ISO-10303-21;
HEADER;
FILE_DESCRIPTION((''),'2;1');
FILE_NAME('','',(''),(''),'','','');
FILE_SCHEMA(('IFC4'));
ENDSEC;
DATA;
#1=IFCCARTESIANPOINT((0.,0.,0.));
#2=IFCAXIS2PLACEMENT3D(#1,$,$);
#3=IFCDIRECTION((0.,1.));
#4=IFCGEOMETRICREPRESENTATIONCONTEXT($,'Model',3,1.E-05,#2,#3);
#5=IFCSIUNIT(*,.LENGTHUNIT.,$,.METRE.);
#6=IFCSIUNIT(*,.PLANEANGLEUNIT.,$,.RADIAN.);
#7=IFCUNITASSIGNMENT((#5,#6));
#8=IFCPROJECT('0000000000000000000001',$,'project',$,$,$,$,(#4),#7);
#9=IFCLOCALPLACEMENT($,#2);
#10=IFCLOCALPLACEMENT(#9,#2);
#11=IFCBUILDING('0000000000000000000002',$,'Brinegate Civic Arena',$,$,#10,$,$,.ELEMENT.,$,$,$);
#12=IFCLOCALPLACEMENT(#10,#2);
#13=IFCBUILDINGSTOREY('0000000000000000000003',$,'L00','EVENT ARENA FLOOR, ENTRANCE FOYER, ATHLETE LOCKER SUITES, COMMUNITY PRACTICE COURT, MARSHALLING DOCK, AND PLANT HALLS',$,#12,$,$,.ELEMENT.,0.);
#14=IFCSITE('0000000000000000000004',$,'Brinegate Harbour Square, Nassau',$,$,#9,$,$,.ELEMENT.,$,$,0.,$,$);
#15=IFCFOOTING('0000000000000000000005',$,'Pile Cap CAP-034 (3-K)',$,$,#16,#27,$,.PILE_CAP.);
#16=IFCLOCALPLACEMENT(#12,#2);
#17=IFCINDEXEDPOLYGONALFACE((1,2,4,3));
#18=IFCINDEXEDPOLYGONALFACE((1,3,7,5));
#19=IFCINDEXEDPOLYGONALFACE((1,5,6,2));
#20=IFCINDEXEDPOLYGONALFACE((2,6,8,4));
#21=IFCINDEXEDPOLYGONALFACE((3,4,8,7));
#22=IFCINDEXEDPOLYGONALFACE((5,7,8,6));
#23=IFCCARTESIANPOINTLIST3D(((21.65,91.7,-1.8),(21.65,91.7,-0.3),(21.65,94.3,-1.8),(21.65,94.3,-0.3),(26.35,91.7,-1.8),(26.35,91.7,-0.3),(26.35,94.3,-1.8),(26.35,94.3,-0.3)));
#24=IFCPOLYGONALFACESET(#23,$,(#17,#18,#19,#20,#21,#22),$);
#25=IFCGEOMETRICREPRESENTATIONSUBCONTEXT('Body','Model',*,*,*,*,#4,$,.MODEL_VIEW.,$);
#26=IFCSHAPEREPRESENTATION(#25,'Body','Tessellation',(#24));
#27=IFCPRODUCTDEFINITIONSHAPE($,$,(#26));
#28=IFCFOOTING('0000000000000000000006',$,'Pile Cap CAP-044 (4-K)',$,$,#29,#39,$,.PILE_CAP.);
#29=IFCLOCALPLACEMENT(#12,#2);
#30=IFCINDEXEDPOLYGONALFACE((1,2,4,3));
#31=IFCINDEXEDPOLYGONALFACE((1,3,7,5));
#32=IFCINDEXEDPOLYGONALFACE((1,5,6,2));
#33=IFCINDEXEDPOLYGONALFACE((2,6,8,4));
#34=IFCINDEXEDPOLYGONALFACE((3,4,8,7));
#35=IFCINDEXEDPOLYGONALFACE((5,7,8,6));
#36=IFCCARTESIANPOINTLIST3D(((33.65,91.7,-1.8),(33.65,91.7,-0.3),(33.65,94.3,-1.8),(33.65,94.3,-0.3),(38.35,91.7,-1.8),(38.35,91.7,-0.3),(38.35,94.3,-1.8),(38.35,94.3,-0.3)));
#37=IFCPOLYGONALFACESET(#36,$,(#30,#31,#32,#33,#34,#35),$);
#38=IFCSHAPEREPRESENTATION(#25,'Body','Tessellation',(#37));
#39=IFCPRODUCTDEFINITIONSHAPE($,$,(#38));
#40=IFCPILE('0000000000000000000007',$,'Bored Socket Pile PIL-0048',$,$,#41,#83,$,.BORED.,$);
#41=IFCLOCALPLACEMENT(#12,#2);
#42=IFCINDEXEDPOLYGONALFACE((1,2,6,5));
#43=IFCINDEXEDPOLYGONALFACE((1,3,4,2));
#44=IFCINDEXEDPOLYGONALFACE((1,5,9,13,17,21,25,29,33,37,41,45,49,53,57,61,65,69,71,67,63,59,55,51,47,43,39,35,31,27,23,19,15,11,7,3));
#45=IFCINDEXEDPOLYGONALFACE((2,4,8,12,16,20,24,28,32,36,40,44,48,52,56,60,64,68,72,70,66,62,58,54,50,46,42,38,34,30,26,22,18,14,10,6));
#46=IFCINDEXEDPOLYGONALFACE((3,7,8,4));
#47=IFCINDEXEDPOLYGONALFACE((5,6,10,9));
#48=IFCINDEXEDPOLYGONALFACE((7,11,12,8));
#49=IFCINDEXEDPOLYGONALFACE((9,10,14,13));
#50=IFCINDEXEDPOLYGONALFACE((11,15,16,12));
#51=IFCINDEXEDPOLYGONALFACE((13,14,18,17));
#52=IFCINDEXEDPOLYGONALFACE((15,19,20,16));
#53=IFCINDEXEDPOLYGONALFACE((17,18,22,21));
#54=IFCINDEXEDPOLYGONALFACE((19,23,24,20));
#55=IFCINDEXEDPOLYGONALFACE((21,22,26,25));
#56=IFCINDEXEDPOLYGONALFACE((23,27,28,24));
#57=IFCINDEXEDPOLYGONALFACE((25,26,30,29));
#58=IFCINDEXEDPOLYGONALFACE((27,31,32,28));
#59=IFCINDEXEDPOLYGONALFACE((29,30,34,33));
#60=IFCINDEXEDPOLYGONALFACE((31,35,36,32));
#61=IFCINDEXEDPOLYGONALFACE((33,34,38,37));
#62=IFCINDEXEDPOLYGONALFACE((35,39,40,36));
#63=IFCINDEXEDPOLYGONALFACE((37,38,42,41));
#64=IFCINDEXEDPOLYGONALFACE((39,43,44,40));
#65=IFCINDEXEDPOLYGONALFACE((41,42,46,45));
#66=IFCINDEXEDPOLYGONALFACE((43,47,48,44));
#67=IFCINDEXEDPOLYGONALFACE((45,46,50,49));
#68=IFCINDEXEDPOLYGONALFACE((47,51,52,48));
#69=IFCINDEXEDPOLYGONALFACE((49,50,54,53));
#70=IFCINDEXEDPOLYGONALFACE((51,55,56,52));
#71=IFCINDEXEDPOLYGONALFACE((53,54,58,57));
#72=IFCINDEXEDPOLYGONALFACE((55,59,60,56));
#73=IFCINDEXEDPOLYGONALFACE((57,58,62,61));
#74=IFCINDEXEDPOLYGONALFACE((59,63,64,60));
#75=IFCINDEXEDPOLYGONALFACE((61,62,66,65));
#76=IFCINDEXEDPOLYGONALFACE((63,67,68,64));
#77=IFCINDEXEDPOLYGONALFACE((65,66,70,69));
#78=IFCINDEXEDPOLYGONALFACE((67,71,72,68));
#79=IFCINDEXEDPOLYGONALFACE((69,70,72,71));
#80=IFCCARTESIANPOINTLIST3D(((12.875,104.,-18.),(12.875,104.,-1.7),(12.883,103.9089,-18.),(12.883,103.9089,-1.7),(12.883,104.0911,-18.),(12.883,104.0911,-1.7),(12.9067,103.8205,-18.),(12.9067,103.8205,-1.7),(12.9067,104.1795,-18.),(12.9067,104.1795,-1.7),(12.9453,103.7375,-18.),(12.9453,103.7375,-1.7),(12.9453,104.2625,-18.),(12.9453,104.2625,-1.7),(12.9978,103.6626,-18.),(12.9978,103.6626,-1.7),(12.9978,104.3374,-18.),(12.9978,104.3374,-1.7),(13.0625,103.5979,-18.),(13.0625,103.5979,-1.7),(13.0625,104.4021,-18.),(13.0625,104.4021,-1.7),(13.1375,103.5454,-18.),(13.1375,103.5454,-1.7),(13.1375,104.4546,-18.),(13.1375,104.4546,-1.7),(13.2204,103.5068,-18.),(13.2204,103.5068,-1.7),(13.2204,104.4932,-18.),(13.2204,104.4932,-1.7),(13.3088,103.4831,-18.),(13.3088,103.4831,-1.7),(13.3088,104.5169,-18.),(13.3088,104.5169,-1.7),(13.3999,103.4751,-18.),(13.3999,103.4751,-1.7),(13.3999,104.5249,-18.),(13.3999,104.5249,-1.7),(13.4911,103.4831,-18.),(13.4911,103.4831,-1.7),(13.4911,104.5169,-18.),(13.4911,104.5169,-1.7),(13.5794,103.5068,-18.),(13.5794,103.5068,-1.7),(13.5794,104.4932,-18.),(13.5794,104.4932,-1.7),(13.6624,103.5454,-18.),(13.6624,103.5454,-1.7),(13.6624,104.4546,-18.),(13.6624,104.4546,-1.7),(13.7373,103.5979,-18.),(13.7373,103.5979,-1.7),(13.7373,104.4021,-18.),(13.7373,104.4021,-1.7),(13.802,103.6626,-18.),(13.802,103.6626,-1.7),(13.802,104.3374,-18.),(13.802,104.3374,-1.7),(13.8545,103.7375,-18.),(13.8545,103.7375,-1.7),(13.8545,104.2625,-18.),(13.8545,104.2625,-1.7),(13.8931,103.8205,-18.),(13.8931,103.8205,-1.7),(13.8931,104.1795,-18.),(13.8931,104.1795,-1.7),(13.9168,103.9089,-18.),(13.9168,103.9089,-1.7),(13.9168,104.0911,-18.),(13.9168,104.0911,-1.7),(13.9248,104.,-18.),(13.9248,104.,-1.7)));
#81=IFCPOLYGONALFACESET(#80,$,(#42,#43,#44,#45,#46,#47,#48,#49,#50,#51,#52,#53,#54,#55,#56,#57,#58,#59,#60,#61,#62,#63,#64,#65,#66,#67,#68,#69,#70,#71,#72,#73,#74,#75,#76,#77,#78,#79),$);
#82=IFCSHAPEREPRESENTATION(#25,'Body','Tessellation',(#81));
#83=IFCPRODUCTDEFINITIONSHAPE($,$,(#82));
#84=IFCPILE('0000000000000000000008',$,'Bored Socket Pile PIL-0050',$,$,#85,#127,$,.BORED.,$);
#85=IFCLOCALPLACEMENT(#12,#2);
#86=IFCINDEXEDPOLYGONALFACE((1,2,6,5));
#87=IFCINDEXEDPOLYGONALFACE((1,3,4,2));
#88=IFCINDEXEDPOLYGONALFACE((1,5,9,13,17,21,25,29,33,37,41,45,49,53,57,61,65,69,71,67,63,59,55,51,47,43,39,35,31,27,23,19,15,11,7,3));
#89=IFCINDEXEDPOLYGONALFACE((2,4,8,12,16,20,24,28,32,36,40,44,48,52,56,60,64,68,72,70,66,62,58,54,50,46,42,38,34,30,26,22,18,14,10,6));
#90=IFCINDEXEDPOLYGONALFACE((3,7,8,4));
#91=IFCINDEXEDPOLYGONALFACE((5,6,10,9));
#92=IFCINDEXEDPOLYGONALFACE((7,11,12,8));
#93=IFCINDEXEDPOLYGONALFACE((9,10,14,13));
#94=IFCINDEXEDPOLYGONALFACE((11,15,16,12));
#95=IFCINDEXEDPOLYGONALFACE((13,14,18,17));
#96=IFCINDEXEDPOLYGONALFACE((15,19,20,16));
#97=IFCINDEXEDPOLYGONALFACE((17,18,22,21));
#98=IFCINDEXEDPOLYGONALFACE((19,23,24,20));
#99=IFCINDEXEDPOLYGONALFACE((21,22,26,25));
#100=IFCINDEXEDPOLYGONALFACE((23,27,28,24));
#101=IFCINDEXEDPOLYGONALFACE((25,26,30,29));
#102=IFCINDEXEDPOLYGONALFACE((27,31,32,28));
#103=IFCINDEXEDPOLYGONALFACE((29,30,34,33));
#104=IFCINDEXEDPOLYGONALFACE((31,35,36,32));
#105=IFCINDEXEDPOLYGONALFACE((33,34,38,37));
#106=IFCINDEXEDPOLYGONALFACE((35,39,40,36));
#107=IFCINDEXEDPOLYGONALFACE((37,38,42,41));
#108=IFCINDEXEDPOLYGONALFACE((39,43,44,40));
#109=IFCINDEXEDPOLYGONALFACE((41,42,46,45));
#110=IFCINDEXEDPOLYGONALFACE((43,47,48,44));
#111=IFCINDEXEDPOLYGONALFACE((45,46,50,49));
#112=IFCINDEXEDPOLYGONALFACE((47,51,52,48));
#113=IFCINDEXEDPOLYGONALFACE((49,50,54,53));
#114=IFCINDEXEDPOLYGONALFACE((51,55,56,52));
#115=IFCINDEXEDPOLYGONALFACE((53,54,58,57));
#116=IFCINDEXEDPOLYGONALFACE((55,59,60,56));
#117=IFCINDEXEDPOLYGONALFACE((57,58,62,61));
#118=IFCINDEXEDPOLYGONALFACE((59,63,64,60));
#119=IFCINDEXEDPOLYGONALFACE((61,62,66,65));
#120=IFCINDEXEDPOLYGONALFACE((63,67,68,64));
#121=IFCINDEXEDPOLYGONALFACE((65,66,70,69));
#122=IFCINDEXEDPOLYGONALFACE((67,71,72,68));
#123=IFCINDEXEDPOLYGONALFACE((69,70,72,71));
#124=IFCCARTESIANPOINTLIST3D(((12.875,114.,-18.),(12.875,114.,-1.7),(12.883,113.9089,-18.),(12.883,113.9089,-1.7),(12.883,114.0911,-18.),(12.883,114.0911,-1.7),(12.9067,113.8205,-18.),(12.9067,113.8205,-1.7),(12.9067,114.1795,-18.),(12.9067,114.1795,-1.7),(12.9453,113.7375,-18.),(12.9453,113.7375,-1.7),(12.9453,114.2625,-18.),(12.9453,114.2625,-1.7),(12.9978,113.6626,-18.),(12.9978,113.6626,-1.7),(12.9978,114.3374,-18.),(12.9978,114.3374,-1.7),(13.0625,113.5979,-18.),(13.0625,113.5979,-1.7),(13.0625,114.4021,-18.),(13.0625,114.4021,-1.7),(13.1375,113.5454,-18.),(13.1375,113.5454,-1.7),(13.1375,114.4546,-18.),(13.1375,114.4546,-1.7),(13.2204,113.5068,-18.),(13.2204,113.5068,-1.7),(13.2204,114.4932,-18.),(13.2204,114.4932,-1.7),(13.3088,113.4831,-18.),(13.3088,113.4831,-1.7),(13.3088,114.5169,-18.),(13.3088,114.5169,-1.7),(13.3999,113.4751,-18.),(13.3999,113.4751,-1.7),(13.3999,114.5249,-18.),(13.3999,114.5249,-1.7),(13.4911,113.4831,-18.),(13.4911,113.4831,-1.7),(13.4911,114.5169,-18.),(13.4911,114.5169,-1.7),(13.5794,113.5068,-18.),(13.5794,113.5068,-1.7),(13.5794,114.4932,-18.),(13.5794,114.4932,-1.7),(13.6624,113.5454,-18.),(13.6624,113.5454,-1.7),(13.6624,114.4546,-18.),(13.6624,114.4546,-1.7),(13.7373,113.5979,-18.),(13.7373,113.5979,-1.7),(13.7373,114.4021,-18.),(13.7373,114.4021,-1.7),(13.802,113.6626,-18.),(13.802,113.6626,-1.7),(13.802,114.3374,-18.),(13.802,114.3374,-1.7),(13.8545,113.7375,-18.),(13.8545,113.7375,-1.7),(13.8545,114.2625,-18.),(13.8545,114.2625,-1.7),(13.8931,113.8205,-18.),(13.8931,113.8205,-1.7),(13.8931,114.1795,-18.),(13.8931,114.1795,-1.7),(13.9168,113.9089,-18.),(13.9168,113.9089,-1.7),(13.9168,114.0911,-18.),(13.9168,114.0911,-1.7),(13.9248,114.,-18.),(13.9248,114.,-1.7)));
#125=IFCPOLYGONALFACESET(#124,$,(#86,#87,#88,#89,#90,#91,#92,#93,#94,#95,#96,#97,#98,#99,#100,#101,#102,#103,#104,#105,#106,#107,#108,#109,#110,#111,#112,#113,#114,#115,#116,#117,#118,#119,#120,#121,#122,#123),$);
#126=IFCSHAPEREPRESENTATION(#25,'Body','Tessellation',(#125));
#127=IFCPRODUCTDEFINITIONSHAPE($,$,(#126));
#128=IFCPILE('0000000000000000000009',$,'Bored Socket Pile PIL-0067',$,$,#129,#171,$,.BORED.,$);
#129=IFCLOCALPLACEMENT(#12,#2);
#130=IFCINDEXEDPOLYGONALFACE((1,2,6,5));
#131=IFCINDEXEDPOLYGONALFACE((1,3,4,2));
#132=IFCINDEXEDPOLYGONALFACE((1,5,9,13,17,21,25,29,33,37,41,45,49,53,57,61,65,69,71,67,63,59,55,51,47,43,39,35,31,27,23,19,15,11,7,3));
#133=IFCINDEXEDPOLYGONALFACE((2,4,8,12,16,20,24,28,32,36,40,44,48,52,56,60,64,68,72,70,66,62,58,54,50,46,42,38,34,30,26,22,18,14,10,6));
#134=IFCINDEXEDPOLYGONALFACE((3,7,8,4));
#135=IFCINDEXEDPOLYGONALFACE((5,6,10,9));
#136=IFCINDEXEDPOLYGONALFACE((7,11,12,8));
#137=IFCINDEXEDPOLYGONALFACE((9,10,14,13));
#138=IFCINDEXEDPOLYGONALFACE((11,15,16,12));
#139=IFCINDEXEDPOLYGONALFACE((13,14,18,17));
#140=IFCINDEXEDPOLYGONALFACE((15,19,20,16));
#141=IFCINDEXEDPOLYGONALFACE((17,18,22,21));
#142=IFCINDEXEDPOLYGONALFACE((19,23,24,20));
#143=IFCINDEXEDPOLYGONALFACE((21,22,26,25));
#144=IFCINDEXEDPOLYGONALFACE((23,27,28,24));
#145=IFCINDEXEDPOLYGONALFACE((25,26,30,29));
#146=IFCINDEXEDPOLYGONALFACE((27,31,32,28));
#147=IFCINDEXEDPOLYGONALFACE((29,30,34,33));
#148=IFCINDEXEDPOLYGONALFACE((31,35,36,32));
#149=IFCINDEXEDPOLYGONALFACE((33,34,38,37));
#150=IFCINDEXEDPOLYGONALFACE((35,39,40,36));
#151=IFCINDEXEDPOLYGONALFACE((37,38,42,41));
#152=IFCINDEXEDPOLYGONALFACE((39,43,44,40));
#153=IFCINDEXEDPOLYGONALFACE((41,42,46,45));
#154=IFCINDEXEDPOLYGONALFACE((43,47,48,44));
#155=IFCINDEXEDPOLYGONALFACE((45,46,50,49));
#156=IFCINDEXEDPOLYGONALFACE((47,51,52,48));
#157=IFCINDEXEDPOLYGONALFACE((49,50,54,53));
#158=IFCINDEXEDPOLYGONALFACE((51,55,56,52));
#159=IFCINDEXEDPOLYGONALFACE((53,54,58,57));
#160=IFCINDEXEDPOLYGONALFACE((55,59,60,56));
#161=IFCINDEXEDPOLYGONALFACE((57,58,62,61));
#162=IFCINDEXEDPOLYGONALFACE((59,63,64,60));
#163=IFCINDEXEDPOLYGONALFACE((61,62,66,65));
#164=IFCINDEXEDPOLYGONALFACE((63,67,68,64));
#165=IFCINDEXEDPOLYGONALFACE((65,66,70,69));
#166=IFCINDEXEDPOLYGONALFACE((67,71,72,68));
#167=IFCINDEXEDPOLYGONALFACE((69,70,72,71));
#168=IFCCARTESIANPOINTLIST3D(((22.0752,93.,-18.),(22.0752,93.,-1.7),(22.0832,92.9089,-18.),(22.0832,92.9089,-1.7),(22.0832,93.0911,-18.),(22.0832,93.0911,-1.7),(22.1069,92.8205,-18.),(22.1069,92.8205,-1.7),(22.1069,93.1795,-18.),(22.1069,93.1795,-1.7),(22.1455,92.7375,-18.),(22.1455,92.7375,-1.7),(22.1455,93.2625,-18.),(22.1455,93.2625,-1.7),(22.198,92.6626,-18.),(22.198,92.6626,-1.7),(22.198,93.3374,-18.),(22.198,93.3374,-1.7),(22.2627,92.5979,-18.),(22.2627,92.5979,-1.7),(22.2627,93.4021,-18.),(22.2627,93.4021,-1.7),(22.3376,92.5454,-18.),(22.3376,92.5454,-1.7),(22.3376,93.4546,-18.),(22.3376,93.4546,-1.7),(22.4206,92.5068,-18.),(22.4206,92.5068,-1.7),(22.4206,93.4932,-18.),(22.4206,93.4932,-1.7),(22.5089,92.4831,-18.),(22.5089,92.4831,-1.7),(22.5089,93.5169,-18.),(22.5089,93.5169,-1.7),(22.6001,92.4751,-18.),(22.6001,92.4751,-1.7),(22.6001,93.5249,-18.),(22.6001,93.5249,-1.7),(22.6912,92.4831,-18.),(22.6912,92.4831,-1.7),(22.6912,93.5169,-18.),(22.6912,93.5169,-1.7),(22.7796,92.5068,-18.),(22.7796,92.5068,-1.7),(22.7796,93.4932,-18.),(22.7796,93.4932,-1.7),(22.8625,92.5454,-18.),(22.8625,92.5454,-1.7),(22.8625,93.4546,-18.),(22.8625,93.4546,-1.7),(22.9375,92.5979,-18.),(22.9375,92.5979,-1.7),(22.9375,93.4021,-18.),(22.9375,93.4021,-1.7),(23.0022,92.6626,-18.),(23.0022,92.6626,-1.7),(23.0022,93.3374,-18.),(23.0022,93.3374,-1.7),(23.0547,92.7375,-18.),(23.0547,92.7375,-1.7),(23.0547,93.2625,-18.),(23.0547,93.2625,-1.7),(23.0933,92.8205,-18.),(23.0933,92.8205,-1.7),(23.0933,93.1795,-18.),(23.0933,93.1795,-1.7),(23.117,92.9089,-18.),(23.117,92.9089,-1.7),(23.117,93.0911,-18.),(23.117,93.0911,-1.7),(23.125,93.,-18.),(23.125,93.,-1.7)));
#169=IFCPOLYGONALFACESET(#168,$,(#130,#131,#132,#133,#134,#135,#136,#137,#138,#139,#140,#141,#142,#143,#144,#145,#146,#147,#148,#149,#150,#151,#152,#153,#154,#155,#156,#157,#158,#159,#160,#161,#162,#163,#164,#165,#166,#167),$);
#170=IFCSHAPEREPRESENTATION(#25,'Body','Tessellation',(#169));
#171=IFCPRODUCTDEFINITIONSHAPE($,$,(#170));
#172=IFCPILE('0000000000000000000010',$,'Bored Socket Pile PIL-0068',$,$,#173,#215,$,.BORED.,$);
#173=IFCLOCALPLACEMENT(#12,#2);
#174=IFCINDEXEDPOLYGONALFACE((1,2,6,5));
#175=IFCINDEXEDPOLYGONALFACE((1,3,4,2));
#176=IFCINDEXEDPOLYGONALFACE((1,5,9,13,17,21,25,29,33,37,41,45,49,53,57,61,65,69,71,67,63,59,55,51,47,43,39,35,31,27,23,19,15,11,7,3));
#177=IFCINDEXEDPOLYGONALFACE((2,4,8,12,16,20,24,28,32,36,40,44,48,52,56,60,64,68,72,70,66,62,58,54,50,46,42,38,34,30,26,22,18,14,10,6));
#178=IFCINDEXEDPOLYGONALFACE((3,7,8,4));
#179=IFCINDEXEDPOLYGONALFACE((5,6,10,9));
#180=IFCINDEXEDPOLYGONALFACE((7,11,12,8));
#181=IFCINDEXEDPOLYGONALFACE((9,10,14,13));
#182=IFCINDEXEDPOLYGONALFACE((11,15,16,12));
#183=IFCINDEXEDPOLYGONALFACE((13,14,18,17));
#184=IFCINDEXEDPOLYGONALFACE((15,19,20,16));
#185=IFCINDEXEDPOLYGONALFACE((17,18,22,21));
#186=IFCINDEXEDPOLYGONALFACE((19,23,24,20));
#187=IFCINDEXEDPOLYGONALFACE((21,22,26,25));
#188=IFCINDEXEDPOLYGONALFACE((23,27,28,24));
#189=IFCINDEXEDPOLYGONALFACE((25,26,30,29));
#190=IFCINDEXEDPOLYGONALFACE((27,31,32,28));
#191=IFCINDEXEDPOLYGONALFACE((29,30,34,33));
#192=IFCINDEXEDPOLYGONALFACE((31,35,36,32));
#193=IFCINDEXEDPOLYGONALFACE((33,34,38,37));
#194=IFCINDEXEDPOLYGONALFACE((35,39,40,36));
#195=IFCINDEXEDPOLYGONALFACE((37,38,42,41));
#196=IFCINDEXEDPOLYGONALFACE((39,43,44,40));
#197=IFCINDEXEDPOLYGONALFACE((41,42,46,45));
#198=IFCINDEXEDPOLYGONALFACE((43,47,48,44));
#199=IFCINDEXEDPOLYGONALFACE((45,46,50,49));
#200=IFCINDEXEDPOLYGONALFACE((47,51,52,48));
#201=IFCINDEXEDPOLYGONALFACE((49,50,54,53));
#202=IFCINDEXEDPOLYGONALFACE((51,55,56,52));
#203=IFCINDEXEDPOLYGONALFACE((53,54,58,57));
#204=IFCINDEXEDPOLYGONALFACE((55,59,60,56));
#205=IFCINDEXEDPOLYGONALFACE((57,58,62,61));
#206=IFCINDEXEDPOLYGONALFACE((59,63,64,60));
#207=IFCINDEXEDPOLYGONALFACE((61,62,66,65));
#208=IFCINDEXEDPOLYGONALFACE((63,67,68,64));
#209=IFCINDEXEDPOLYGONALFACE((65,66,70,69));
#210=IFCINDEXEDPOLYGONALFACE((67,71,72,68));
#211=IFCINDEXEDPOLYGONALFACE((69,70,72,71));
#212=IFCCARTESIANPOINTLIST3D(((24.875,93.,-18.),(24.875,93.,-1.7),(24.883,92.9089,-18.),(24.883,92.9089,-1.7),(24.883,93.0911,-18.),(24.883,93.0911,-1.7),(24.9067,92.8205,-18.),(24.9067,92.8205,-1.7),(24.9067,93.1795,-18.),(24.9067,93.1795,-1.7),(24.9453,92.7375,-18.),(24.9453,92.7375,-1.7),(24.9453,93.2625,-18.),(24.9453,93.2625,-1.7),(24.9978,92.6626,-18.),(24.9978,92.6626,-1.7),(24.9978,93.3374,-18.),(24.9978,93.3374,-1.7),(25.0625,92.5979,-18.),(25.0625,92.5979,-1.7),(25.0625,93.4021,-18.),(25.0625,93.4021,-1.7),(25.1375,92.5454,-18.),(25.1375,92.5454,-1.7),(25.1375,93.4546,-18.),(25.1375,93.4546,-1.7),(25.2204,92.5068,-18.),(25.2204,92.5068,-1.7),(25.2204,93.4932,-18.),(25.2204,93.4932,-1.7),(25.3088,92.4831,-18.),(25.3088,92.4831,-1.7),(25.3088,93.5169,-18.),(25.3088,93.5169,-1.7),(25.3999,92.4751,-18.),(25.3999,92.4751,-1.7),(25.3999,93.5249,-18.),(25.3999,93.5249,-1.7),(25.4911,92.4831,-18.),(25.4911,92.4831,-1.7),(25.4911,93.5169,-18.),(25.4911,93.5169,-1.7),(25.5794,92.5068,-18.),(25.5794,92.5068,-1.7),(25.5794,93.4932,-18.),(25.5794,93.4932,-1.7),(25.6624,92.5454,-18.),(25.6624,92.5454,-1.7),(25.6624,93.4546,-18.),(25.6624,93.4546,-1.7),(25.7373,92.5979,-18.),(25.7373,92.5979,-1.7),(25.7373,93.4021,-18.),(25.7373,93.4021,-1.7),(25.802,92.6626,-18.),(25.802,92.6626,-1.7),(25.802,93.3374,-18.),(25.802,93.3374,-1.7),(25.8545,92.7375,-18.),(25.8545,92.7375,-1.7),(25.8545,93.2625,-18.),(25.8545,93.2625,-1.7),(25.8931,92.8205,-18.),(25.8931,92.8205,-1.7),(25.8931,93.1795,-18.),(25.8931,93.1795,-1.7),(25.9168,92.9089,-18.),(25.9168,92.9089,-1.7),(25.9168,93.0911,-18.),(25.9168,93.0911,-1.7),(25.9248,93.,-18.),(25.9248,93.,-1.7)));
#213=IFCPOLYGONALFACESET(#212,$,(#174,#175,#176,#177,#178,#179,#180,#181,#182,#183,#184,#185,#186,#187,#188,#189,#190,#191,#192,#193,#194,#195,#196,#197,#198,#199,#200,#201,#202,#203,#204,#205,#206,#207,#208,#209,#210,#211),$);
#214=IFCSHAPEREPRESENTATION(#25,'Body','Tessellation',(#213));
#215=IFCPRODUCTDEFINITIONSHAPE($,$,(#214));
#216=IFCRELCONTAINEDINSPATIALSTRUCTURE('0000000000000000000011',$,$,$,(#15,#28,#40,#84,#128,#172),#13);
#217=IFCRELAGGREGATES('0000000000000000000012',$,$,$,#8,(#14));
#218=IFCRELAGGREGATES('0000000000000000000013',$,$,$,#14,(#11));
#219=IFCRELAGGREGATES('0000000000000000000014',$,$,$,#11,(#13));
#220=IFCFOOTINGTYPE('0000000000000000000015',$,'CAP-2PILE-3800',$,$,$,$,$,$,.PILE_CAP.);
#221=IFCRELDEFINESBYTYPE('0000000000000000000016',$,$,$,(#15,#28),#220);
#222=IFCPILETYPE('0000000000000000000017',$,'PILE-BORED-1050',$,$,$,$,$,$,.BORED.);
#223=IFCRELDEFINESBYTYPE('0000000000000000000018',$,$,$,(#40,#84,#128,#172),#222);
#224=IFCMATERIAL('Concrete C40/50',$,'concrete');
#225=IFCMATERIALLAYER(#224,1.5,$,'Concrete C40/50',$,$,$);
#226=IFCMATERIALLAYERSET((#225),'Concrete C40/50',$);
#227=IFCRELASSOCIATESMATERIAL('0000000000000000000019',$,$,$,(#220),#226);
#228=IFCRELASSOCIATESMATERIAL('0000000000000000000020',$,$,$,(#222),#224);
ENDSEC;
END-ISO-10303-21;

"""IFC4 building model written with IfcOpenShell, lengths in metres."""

from ifc_helpers import new_model, si_unit, direction, frame, origin, origin_2d, place, context, subcontext, project, spatial, rectangle, circle, extrude, material, layer, layer_set, material_profile, profile_set, type_object, element, save


model = new_model("IFC4")

# Units and contexts
model_context = context("Model", 3, precision=1e-05, world=origin(), true_north=direction((0.0, 1.0)))
body_context = subcontext(model_context, "Body", "Model", "MODEL_VIEW")
ifc_project = project(units=[si_unit("LENGTHUNIT", "METRE"), si_unit("PLANEANGLEUNIT", "RADIAN")], contexts=[model_context])

# Site, building, storey
site_placement = place(None, origin())
site = spatial("IfcSite", under=ifc_project, at=site_placement, Name="Brinegate Harbour Square, Nassau", CompositionType="ELEMENT", RefElevation=0.0)
building_placement = place(site_placement, origin())
building = spatial("IfcBuilding", under=site, at=building_placement, Name="Brinegate Civic Arena", CompositionType="ELEMENT")
storey_placement = place(building_placement, origin())
storey = spatial("IfcBuildingStorey", under=building, at=storey_placement, Name="L00", Description="EVENT ARENA FLOOR, ENTRANCE FOYER, ATHLETE LOCKER SUITES, COMMUNITY PRACTICE COURT, MARSHALLING DOCK, AND PLANT HALLS", CompositionType="ELEMENT", Elevation=0.0)

# Footings
ifc_material_1 = material(Name="Concrete C40/50", Category="concrete")
ifc_layer_1 = layer(ifc_material_1, 1.5, Name="Concrete C40/50")
ifc_layer_set_1 = layer_set([ifc_layer_1], Name="Concrete C40/50")
footing_type_1 = type_object("IfcFootingType", Name="CAP-2PILE-3800", PredefinedType="PILE_CAP", material=ifc_layer_set_1)
for number, where, z_axis, x_axis, name in (
    (1, (24.0, 93.0, -1.8), (0.0, 0.0, 1.0), (1.0, 0.0, 0.0), "Pile Cap CAP-034 (3-K)"),
    (2, (36.0, 93.0, -1.8), (0.0, 0.0, 1.0), (1.0, 0.0, 0.0), "Pile Cap CAP-044 (4-K)"),
):
    element("IfcFooting", number, at=place(storey_placement, frame(where, z_axis=z_axis, x_axis=x_axis)), inside=storey, type_object=footing_type_1, Name=name, PredefinedType="PILE_CAP", context=body_context, shape_type="SweptSolid", body=[
        extrude(rectangle(XDim=4.7, YDim=2.6001, at=origin_2d()), origin(), (0.0, 0.0, 1.0), 1.5),
    ])

# Piles
ifc_material_profile_1 = material_profile(ifc_material_1, circle(Radius=0.5249, at=origin_2d()), Name="PILED1050")
ifc_profile_set_1 = profile_set([ifc_material_profile_1], Name="Concrete C40/50")
pile_type_1 = type_object("IfcPileType", Name="PILE-BORED-1050", PredefinedType="BORED", material=ifc_profile_set_1)
for number, where, z_axis, x_axis, name in (
    (3, (13.3999, 104.0, -1.7), (0.0, 0.0, -1.0), (1.0, 0.0, 0.0), "Bored Socket Pile PIL-0048"),
    (4, (13.3999, 114.0, -1.7), (0.0, 0.0, -1.0), (1.0, 0.0, 0.0), "Bored Socket Pile PIL-0050"),
    (5, (22.6001, 93.0, -1.7), (0.0, 0.0, -1.0), (1.0, 0.0, 0.0), "Bored Socket Pile PIL-0067"),
    (6, (25.3999, 93.0, -1.7), (0.0, 0.0, -1.0), (1.0, 0.0, 0.0), "Bored Socket Pile PIL-0068"),
):
    element("IfcPile", number, at=place(storey_placement, frame(where, z_axis=z_axis, x_axis=x_axis)), inside=storey, type_object=pile_type_1, Name=name, PredefinedType="BORED", context=body_context, shape_type="SweptSolid", body=[
        extrude(circle(Radius=0.5249, at=origin_2d()), origin(), (0.0, 0.0, 1.0), 16.3),
    ])

save(model, "model.ifc")
